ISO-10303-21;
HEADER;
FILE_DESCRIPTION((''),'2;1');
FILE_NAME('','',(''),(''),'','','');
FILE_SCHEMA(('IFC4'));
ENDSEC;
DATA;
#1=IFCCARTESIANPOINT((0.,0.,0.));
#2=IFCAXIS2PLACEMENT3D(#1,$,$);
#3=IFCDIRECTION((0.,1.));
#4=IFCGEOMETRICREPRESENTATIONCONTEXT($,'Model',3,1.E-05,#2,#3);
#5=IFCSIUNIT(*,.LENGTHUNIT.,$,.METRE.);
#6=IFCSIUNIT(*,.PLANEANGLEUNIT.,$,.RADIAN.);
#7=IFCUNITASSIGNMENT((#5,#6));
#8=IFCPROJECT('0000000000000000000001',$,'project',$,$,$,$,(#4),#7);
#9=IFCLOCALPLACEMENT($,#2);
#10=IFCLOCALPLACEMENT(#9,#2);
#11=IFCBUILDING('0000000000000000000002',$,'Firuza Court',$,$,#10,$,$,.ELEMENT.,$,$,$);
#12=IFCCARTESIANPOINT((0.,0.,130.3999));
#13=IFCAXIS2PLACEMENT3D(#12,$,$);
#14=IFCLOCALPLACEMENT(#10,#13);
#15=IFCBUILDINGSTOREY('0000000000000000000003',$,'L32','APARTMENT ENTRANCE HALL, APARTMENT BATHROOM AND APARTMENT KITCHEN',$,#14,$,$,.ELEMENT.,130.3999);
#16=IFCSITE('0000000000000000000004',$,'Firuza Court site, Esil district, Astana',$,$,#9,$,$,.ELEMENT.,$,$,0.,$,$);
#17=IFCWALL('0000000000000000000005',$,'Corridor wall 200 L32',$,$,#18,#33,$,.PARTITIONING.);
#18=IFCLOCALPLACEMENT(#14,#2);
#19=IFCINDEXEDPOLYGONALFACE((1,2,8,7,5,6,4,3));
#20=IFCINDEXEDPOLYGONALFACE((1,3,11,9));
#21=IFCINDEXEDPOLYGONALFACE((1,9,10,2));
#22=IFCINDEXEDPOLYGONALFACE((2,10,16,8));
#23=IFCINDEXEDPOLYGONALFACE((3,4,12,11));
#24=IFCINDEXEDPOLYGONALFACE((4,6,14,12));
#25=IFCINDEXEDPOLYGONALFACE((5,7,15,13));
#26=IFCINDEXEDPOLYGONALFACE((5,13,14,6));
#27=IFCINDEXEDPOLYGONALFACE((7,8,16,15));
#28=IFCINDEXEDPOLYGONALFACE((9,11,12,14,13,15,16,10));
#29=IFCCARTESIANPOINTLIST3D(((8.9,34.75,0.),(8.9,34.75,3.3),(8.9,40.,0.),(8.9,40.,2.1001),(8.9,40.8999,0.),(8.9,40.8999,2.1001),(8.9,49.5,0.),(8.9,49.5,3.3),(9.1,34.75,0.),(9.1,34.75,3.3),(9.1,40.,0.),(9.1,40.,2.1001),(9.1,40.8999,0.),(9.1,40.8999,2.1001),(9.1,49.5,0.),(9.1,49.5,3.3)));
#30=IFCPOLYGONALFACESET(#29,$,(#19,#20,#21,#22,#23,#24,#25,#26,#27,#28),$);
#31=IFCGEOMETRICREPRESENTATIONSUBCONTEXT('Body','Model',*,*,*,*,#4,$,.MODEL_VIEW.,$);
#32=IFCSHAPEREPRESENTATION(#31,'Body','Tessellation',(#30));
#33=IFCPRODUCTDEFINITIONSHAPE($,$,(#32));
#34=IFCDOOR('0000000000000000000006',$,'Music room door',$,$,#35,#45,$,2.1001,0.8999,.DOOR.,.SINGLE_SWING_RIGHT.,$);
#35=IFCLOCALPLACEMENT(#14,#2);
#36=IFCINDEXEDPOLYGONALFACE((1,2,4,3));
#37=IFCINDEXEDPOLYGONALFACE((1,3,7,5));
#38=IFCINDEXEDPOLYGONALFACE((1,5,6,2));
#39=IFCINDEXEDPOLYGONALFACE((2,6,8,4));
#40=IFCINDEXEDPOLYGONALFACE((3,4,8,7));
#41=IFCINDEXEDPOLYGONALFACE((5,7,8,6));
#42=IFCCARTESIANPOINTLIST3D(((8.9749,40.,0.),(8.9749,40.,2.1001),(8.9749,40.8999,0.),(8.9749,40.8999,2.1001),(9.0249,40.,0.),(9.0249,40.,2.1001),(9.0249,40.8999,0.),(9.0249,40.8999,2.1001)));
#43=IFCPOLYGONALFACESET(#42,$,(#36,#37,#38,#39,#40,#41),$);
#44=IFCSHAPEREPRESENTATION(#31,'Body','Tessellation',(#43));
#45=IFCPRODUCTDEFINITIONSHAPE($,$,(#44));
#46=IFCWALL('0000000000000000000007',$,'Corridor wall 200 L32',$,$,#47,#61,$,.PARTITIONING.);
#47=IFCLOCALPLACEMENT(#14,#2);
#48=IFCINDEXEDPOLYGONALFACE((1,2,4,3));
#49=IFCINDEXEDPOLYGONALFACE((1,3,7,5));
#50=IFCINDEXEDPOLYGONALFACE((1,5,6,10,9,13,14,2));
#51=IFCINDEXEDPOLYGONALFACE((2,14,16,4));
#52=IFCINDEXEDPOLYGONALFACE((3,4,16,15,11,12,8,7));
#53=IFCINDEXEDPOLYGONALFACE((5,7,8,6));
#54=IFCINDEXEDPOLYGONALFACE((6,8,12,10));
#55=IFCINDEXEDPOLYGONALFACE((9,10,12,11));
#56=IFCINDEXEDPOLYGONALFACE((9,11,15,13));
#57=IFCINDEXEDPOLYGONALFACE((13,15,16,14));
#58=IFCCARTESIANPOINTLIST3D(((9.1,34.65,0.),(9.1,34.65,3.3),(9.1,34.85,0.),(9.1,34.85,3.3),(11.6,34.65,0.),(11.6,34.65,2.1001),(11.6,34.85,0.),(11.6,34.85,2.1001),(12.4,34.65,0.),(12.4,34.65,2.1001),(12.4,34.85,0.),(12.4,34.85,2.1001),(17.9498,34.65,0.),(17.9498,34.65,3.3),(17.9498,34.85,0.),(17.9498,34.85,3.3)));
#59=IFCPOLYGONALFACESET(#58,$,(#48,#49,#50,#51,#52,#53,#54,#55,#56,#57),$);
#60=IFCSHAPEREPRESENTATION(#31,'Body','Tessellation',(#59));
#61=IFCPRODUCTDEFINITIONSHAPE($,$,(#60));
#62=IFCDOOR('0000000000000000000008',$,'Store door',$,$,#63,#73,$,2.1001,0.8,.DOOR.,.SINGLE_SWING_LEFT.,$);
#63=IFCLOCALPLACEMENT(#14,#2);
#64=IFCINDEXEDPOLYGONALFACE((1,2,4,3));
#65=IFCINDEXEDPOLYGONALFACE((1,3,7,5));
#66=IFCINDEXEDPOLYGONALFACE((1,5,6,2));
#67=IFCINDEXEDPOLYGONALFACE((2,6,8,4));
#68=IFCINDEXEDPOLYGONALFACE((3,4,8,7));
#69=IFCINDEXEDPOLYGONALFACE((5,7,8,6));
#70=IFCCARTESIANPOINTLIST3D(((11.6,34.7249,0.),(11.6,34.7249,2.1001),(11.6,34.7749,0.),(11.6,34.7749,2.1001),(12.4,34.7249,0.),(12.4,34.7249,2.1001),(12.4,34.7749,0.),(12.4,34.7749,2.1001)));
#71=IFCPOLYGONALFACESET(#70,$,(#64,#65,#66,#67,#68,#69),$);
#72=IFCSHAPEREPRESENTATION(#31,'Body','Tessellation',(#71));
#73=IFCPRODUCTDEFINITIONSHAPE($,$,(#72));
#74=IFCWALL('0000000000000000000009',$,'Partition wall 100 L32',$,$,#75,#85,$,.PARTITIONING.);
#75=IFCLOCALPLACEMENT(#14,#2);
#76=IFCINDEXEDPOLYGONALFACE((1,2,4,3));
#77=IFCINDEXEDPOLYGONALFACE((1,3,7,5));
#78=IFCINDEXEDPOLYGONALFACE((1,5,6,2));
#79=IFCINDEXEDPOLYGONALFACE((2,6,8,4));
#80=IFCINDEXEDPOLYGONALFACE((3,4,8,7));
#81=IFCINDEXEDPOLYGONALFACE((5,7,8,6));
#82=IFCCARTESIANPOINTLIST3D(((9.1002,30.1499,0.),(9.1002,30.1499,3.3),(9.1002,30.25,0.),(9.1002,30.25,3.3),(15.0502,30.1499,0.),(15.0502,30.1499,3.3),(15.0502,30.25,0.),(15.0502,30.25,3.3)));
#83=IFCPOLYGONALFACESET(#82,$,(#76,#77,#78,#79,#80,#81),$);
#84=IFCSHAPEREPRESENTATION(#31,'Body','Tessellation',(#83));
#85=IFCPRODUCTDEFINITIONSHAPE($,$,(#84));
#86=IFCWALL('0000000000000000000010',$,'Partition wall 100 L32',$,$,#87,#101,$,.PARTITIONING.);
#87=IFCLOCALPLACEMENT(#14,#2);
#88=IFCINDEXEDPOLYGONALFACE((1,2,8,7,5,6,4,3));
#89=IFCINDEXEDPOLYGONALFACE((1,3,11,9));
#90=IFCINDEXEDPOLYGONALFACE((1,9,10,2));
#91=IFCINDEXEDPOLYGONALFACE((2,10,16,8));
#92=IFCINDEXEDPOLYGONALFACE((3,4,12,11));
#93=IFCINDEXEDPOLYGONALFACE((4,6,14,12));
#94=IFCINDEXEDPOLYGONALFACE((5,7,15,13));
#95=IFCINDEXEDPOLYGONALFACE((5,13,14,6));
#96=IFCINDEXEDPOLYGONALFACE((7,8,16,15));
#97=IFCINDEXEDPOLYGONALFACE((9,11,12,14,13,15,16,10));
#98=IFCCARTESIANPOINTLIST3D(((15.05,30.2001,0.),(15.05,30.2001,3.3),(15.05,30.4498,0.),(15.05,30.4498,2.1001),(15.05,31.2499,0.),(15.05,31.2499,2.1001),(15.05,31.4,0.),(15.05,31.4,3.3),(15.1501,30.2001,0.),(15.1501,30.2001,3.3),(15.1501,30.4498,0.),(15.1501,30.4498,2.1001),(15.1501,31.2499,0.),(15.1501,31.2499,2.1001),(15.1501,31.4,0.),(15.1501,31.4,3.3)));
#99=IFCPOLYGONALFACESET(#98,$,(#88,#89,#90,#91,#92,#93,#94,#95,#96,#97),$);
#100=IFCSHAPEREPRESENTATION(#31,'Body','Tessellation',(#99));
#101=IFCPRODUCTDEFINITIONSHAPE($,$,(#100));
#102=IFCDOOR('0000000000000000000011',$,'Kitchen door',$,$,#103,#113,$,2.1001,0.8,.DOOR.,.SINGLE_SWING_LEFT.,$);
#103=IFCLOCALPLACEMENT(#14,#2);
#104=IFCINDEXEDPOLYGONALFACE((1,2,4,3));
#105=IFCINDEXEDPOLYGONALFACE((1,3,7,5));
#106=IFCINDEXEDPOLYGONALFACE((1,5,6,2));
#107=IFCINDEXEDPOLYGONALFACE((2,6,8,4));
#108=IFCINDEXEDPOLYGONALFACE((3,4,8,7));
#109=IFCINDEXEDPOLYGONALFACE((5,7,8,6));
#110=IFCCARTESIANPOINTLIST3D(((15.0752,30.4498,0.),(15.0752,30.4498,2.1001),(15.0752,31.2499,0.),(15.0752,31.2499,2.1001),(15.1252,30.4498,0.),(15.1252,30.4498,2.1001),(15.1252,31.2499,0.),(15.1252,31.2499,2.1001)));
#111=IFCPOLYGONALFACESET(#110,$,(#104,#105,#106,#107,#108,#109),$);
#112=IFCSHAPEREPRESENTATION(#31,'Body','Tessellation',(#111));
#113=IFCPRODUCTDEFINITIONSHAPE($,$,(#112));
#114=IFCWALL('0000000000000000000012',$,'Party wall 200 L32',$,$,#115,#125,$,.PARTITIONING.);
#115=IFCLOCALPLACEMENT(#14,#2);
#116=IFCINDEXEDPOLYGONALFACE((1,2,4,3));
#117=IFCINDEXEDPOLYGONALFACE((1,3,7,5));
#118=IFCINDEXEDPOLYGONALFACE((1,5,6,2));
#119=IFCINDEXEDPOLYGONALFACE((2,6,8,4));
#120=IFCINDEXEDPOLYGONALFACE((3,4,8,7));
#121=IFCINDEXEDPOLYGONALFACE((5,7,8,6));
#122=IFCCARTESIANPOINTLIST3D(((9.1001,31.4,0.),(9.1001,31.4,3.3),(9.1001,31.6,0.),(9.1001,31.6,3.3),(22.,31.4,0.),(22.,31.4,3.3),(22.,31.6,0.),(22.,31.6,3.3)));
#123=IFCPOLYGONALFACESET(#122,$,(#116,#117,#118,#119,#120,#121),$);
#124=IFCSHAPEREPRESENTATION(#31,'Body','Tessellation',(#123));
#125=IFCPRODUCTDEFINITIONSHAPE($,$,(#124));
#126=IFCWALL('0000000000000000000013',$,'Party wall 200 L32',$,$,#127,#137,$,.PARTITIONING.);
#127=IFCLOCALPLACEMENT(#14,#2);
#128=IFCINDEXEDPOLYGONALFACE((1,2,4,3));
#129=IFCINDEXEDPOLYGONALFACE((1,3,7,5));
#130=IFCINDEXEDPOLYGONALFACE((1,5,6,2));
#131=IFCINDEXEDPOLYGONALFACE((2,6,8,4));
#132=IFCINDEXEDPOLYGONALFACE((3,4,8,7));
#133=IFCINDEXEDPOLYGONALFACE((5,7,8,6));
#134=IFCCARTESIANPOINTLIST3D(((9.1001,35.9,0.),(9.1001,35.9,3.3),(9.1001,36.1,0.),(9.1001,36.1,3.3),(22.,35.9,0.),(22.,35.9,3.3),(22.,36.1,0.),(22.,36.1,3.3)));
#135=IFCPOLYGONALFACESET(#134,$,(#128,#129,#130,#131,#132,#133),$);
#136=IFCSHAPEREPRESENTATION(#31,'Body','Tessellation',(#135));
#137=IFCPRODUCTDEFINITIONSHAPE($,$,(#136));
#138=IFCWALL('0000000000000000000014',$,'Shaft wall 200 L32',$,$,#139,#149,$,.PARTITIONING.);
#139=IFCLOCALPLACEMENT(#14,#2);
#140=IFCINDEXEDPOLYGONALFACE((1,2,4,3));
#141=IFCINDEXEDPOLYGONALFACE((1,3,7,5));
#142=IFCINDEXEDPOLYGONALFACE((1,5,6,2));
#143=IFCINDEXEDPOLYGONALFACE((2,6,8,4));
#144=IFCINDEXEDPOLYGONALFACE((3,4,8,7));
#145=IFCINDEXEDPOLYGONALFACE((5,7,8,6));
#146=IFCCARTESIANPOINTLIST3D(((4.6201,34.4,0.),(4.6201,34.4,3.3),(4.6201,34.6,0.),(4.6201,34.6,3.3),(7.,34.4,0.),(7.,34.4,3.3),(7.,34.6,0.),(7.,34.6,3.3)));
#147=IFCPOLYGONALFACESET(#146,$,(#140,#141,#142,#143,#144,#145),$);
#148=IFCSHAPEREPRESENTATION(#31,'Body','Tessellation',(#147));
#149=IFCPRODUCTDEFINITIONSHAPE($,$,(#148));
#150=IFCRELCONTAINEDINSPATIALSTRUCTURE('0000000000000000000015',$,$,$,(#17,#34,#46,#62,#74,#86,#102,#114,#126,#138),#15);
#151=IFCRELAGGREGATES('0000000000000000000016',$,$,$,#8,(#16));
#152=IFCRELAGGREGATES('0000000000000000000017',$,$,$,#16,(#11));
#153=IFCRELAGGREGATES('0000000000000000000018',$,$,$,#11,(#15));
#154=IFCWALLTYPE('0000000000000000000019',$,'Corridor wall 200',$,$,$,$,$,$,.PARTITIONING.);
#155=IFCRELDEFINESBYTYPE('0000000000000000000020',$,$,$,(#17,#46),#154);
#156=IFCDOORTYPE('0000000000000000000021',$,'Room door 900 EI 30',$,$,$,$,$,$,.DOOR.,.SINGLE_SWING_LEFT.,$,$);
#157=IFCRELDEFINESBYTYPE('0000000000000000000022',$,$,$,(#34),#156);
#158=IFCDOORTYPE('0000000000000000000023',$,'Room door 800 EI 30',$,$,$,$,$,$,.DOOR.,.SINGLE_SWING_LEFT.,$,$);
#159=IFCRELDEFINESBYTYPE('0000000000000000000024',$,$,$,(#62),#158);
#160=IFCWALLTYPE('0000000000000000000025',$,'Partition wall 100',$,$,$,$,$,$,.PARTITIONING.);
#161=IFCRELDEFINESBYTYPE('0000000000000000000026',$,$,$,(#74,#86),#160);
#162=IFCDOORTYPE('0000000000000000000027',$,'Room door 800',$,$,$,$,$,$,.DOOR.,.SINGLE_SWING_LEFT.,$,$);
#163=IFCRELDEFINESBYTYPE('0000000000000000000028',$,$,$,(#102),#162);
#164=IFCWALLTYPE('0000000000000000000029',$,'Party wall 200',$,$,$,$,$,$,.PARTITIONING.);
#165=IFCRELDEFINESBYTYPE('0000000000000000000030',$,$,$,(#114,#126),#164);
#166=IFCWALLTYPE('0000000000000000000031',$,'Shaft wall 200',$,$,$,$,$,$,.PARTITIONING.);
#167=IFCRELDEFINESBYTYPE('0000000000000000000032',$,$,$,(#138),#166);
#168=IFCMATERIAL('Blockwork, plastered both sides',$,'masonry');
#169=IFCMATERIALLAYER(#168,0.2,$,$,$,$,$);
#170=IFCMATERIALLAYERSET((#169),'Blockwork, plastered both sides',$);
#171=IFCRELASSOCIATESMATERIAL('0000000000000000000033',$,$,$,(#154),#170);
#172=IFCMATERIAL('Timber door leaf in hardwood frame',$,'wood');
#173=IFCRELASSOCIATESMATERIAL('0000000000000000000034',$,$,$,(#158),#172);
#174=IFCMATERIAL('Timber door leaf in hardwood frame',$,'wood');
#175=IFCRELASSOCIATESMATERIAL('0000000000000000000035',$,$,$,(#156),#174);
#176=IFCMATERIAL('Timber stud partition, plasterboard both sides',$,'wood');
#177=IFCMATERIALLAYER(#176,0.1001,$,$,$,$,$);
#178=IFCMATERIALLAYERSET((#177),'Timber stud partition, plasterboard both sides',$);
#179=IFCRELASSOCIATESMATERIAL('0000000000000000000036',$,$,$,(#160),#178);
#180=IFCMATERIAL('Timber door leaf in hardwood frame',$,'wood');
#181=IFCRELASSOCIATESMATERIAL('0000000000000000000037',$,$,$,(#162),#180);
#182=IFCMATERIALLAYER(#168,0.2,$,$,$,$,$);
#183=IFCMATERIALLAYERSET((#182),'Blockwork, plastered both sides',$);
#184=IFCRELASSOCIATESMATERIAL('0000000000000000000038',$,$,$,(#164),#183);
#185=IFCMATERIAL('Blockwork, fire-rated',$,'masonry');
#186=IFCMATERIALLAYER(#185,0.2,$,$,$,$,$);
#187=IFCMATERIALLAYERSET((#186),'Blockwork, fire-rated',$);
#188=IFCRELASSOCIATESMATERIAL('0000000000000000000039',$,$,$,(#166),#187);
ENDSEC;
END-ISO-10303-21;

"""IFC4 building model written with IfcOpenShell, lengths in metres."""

from ifc_helpers import new_model, si_unit, direction, frame, frame_2d, origin, place, context, subcontext, project, spatial, rectangle, extrude, material, layer, layer_set, type_object, element, fill, save


model = new_model("IFC4")

# Units and contexts
model_context = context("Model", 3, precision=1e-05, world=origin(), true_north=direction((0.0, 1.0)))
body_context = subcontext(model_context, "Body", "Model", "MODEL_VIEW")
ifc_project = project(units=[si_unit("LENGTHUNIT", "METRE"), si_unit("PLANEANGLEUNIT", "RADIAN")], contexts=[model_context])

# Site, building, storey
site_placement = place(None, origin())
site = spatial("IfcSite", under=ifc_project, at=site_placement, Name="Firuza Court site, Esil district, Astana", CompositionType="ELEMENT", RefElevation=0.0)
building_placement = place(site_placement, origin())
building = spatial("IfcBuilding", under=site, at=building_placement, Name="Firuza Court", CompositionType="ELEMENT")
storey_placement = place(building_placement, frame((0.0, 0.0, 130.3999)))
storey = spatial("IfcBuildingStorey", under=building, at=storey_placement, Name="L32", Description="APARTMENT ENTRANCE HALL, APARTMENT BATHROOM AND APARTMENT KITCHEN", CompositionType="ELEMENT", Elevation=130.3999)

# Walls, openings, doors
ifc_material_1 = material(Name="Blockwork, plastered both sides", Category="masonry")
ifc_layer_1 = layer(ifc_material_1, 0.2)
ifc_layer_set_1 = layer_set([ifc_layer_1], Name="Blockwork, plastered both sides")
wall_type_1 = type_object("IfcWallType", Name="Corridor wall 200", PredefinedType="PARTITIONING", material=ifc_layer_set_1)
ifc_material_2 = material(Name="Timber door leaf in hardwood frame", Category="wood")
door_type_1 = type_object("IfcDoorType", Name="Room door 800 EI 30", OperationType="SINGLE_SWING_LEFT", PredefinedType="DOOR", material=ifc_material_2)
wall_1_placement = place(storey_placement, frame((9.0, 34.75, 0.0), z_axis=(0.0, 0.0, 1.0), x_axis=(0.0, 1.0, 0.0)))
wall_1 = element("IfcWall", 1, at=wall_1_placement, inside=storey, type_object=wall_type_1, Name="Corridor wall 200 L32", PredefinedType="PARTITIONING", context=body_context, shape_type="SweptSolid", body=[
    extrude(rectangle(XDim=14.75, YDim=0.2, at=frame_2d((7.375, 0.0))), origin(), (0.0, 0.0, 1.0), 3.3),
])
opening_1_placement = place(wall_1_placement, frame((5.25, 0.0, 0.0)))
opening_1 = element("IfcOpeningElement", 2, at=opening_1_placement, cuts=wall_1, PredefinedType="OPENING", context=body_context, shape_type="SweptSolid", body=[
    extrude(rectangle(XDim=0.8999, YDim=2.1001, at=frame_2d((0.45, 1.05))), frame((0.0, 0.1118, 0.0), z_axis=(0.0, -1.0, 0.0), x_axis=(1.0, 0.0, 0.0)), (0.0, 0.0, 1.0), 0.2239),
])
ifc_material_3 = material(Name="Timber door leaf in hardwood frame", Category="wood")
door_type_2 = type_object("IfcDoorType", Name="Room door 900 EI 30", OperationType="SINGLE_SWING_LEFT", PredefinedType="DOOR", material=ifc_material_3)
door_1_placement = place(opening_1_placement, frame((0.8999, 0.0, 0.0), z_axis=(0.0, 0.0, 1.0), x_axis=(-1.0, 0.0, 0.0)))
door_1 = element("IfcDoor", 3, at=door_1_placement, inside=storey, type_object=door_type_2, Name="Music room door", OperationType="SINGLE_SWING_RIGHT", OverallHeight=2.1001, OverallWidth=0.8999, PredefinedType="DOOR", context=body_context, shape_type="SweptSolid", body=[
    extrude(rectangle(XDim=0.8999, YDim=2.1001, at=frame_2d((0.45, 1.05))), frame((0.0, 0.0249, 0.0), z_axis=(0.0, -1.0, 0.0), x_axis=(1.0, 0.0, 0.0)), (0.0, 0.0, 1.0), 0.05),
])
fill(opening_1, door_1)
wall_2_placement = place(storey_placement, frame((9.1001, 34.75, 0.0), z_axis=(0.0, 0.0, 1.0), x_axis=(1.0, 0.0, 0.0)))
wall_2 = element("IfcWall", 4, at=wall_2_placement, inside=storey, type_object=wall_type_1, Name="Corridor wall 200 L32", PredefinedType="PARTITIONING", context=body_context, shape_type="SweptSolid", body=[
    extrude(rectangle(XDim=8.8499, YDim=0.2, at=frame_2d((4.4248, 0.0))), origin(), (0.0, 0.0, 1.0), 3.3),
])
opening_2_placement = place(wall_2_placement, frame((2.5, 0.0, 0.0)))
opening_2 = element("IfcOpeningElement", 5, at=opening_2_placement, cuts=wall_2, PredefinedType="OPENING", context=body_context, shape_type="SweptSolid", body=[
    extrude(rectangle(XDim=0.8, YDim=2.1001, at=frame_2d((0.3999, 1.05))), frame((0.0, 0.1118, 0.0), z_axis=(0.0, -1.0, 0.0), x_axis=(1.0, 0.0, 0.0)), (0.0, 0.0, 1.0), 0.2239),
])
door_2_placement = place(opening_2_placement, origin())
door_2 = element("IfcDoor", 6, at=door_2_placement, inside=storey, type_object=door_type_1, Name="Store door", OperationType="SINGLE_SWING_LEFT", OverallHeight=2.1001, OverallWidth=0.8, PredefinedType="DOOR", context=body_context, shape_type="SweptSolid", body=[
    extrude(rectangle(XDim=0.8, YDim=2.1001, at=frame_2d((0.3999, 1.05))), frame((0.0, 0.0249, 0.0), z_axis=(0.0, -1.0, 0.0), x_axis=(1.0, 0.0, 0.0)), (0.0, 0.0, 1.0), 0.05),
])
fill(opening_2, door_2)

# Wall
ifc_material_4 = material(Name="Timber stud partition, plasterboard both sides", Category="wood")
ifc_layer_2 = layer(ifc_material_4, 0.1001)
ifc_layer_set_2 = layer_set([ifc_layer_2], Name="Timber stud partition, plasterboard both sides")
wall_type_2 = type_object("IfcWallType", Name="Partition wall 100", PredefinedType="PARTITIONING", material=ifc_layer_set_2)
wall_3_placement = place(storey_placement, frame((9.1001, 30.2, 0.0), z_axis=(0.0, 0.0, 1.0), x_axis=(1.0, 0.0, 0.0)))
element("IfcWall", 7, at=wall_3_placement, inside=storey, type_object=wall_type_2, Name="Partition wall 100 L32", PredefinedType="PARTITIONING", context=body_context, shape_type="SweptSolid", body=[
    extrude(rectangle(XDim=5.95, YDim=0.1001, at=frame_2d((2.9751, 0.0))), origin(), (0.0, 0.0, 1.0), 3.3),
])

# Wall, opening, door
wall_4_placement = place(storey_placement, frame((15.1001, 30.2, 0.0), z_axis=(0.0, 0.0, 1.0), x_axis=(0.0, 1.0, 0.0)))
wall_4 = element("IfcWall", 8, at=wall_4_placement, inside=storey, type_object=wall_type_2, Name="Partition wall 100 L32", PredefinedType="PARTITIONING", context=body_context, shape_type="SweptSolid", body=[
    extrude(rectangle(XDim=1.2, YDim=0.1001, at=frame_2d((0.6001, 0.0))), origin(), (0.0, 0.0, 1.0), 3.3),
])
opening_3_placement = place(wall_4_placement, frame((0.25, 0.0, 0.0)))
opening_3 = element("IfcOpeningElement", 9, at=opening_3_placement, cuts=wall_4, PredefinedType="OPENING", context=body_context, shape_type="SweptSolid", body=[
    extrude(rectangle(XDim=0.8, YDim=2.1001, at=frame_2d((0.3999, 1.05))), frame((0.0, 0.062, 0.0), z_axis=(0.0, -1.0, 0.0), x_axis=(1.0, 0.0, 0.0)), (0.0, 0.0, 1.0), 0.124),
])
ifc_material_5 = material(Name="Timber door leaf in hardwood frame", Category="wood")
door_type_3 = type_object("IfcDoorType", Name="Room door 800", OperationType="SINGLE_SWING_LEFT", PredefinedType="DOOR", material=ifc_material_5)
door_3_placement = place(opening_3_placement, origin())
door_3 = element("IfcDoor", 10, at=door_3_placement, inside=storey, type_object=door_type_3, Name="Kitchen door", OperationType="SINGLE_SWING_LEFT", OverallHeight=2.1001, OverallWidth=0.8, PredefinedType="DOOR", context=body_context, shape_type="SweptSolid", body=[
    extrude(rectangle(XDim=0.8, YDim=2.1001, at=frame_2d((0.3999, 1.05))), frame((0.0, 0.0249, 0.0), z_axis=(0.0, -1.0, 0.0), x_axis=(1.0, 0.0, 0.0)), (0.0, 0.0, 1.0), 0.05),
])
fill(opening_3, door_3)

# Walls
ifc_layer_3 = layer(ifc_material_1, 0.2)
ifc_layer_set_3 = layer_set([ifc_layer_3], Name="Blockwork, plastered both sides")
wall_type_3 = type_object("IfcWallType", Name="Party wall 200", PredefinedType="PARTITIONING", material=ifc_layer_set_3)
for number, where, z_axis, x_axis, name in (
    (11, (9.1001, 31.5, 0.0), (0.0, 0.0, 1.0), (1.0, 0.0, 0.0), "Party wall 200 L32"),
    (12, (9.1001, 36.0, 0.0), (0.0, 0.0, 1.0), (1.0, 0.0, 0.0), "Party wall 200 L32"),
):
    element("IfcWall", number, at=place(storey_placement, frame(where, z_axis=z_axis, x_axis=x_axis)), inside=storey, type_object=wall_type_3, Name=name, PredefinedType="PARTITIONING", context=body_context, shape_type="SweptSolid", body=[
        extrude(rectangle(XDim=12.8999, YDim=0.2, at=frame_2d((6.45, 0.0))), origin(), (0.0, 0.0, 1.0), 3.3),
    ])
ifc_material_6 = material(Name="Blockwork, fire-rated", Category="masonry")
ifc_layer_4 = layer(ifc_material_6, 0.2)
ifc_layer_set_4 = layer_set([ifc_layer_4], Name="Blockwork, fire-rated")
wall_type_4 = type_object("IfcWallType", Name="Shaft wall 200", PredefinedType="PARTITIONING", material=ifc_layer_set_4)
wall_5_placement = place(storey_placement, frame((4.6201, 34.5, 0.0), z_axis=(0.0, 0.0, 1.0), x_axis=(1.0, 0.0, 0.0)))
element("IfcWall", 13, at=wall_5_placement, inside=storey, type_object=wall_type_4, Name="Shaft wall 200 L32", PredefinedType="PARTITIONING", context=body_context, shape_type="SweptSolid", body=[
    extrude(rectangle(XDim=2.3799, YDim=0.2, at=frame_2d((1.1899, 0.0))), origin(), (0.0, 0.0, 1.0), 3.3),
])

save(model, "model.ifc")
